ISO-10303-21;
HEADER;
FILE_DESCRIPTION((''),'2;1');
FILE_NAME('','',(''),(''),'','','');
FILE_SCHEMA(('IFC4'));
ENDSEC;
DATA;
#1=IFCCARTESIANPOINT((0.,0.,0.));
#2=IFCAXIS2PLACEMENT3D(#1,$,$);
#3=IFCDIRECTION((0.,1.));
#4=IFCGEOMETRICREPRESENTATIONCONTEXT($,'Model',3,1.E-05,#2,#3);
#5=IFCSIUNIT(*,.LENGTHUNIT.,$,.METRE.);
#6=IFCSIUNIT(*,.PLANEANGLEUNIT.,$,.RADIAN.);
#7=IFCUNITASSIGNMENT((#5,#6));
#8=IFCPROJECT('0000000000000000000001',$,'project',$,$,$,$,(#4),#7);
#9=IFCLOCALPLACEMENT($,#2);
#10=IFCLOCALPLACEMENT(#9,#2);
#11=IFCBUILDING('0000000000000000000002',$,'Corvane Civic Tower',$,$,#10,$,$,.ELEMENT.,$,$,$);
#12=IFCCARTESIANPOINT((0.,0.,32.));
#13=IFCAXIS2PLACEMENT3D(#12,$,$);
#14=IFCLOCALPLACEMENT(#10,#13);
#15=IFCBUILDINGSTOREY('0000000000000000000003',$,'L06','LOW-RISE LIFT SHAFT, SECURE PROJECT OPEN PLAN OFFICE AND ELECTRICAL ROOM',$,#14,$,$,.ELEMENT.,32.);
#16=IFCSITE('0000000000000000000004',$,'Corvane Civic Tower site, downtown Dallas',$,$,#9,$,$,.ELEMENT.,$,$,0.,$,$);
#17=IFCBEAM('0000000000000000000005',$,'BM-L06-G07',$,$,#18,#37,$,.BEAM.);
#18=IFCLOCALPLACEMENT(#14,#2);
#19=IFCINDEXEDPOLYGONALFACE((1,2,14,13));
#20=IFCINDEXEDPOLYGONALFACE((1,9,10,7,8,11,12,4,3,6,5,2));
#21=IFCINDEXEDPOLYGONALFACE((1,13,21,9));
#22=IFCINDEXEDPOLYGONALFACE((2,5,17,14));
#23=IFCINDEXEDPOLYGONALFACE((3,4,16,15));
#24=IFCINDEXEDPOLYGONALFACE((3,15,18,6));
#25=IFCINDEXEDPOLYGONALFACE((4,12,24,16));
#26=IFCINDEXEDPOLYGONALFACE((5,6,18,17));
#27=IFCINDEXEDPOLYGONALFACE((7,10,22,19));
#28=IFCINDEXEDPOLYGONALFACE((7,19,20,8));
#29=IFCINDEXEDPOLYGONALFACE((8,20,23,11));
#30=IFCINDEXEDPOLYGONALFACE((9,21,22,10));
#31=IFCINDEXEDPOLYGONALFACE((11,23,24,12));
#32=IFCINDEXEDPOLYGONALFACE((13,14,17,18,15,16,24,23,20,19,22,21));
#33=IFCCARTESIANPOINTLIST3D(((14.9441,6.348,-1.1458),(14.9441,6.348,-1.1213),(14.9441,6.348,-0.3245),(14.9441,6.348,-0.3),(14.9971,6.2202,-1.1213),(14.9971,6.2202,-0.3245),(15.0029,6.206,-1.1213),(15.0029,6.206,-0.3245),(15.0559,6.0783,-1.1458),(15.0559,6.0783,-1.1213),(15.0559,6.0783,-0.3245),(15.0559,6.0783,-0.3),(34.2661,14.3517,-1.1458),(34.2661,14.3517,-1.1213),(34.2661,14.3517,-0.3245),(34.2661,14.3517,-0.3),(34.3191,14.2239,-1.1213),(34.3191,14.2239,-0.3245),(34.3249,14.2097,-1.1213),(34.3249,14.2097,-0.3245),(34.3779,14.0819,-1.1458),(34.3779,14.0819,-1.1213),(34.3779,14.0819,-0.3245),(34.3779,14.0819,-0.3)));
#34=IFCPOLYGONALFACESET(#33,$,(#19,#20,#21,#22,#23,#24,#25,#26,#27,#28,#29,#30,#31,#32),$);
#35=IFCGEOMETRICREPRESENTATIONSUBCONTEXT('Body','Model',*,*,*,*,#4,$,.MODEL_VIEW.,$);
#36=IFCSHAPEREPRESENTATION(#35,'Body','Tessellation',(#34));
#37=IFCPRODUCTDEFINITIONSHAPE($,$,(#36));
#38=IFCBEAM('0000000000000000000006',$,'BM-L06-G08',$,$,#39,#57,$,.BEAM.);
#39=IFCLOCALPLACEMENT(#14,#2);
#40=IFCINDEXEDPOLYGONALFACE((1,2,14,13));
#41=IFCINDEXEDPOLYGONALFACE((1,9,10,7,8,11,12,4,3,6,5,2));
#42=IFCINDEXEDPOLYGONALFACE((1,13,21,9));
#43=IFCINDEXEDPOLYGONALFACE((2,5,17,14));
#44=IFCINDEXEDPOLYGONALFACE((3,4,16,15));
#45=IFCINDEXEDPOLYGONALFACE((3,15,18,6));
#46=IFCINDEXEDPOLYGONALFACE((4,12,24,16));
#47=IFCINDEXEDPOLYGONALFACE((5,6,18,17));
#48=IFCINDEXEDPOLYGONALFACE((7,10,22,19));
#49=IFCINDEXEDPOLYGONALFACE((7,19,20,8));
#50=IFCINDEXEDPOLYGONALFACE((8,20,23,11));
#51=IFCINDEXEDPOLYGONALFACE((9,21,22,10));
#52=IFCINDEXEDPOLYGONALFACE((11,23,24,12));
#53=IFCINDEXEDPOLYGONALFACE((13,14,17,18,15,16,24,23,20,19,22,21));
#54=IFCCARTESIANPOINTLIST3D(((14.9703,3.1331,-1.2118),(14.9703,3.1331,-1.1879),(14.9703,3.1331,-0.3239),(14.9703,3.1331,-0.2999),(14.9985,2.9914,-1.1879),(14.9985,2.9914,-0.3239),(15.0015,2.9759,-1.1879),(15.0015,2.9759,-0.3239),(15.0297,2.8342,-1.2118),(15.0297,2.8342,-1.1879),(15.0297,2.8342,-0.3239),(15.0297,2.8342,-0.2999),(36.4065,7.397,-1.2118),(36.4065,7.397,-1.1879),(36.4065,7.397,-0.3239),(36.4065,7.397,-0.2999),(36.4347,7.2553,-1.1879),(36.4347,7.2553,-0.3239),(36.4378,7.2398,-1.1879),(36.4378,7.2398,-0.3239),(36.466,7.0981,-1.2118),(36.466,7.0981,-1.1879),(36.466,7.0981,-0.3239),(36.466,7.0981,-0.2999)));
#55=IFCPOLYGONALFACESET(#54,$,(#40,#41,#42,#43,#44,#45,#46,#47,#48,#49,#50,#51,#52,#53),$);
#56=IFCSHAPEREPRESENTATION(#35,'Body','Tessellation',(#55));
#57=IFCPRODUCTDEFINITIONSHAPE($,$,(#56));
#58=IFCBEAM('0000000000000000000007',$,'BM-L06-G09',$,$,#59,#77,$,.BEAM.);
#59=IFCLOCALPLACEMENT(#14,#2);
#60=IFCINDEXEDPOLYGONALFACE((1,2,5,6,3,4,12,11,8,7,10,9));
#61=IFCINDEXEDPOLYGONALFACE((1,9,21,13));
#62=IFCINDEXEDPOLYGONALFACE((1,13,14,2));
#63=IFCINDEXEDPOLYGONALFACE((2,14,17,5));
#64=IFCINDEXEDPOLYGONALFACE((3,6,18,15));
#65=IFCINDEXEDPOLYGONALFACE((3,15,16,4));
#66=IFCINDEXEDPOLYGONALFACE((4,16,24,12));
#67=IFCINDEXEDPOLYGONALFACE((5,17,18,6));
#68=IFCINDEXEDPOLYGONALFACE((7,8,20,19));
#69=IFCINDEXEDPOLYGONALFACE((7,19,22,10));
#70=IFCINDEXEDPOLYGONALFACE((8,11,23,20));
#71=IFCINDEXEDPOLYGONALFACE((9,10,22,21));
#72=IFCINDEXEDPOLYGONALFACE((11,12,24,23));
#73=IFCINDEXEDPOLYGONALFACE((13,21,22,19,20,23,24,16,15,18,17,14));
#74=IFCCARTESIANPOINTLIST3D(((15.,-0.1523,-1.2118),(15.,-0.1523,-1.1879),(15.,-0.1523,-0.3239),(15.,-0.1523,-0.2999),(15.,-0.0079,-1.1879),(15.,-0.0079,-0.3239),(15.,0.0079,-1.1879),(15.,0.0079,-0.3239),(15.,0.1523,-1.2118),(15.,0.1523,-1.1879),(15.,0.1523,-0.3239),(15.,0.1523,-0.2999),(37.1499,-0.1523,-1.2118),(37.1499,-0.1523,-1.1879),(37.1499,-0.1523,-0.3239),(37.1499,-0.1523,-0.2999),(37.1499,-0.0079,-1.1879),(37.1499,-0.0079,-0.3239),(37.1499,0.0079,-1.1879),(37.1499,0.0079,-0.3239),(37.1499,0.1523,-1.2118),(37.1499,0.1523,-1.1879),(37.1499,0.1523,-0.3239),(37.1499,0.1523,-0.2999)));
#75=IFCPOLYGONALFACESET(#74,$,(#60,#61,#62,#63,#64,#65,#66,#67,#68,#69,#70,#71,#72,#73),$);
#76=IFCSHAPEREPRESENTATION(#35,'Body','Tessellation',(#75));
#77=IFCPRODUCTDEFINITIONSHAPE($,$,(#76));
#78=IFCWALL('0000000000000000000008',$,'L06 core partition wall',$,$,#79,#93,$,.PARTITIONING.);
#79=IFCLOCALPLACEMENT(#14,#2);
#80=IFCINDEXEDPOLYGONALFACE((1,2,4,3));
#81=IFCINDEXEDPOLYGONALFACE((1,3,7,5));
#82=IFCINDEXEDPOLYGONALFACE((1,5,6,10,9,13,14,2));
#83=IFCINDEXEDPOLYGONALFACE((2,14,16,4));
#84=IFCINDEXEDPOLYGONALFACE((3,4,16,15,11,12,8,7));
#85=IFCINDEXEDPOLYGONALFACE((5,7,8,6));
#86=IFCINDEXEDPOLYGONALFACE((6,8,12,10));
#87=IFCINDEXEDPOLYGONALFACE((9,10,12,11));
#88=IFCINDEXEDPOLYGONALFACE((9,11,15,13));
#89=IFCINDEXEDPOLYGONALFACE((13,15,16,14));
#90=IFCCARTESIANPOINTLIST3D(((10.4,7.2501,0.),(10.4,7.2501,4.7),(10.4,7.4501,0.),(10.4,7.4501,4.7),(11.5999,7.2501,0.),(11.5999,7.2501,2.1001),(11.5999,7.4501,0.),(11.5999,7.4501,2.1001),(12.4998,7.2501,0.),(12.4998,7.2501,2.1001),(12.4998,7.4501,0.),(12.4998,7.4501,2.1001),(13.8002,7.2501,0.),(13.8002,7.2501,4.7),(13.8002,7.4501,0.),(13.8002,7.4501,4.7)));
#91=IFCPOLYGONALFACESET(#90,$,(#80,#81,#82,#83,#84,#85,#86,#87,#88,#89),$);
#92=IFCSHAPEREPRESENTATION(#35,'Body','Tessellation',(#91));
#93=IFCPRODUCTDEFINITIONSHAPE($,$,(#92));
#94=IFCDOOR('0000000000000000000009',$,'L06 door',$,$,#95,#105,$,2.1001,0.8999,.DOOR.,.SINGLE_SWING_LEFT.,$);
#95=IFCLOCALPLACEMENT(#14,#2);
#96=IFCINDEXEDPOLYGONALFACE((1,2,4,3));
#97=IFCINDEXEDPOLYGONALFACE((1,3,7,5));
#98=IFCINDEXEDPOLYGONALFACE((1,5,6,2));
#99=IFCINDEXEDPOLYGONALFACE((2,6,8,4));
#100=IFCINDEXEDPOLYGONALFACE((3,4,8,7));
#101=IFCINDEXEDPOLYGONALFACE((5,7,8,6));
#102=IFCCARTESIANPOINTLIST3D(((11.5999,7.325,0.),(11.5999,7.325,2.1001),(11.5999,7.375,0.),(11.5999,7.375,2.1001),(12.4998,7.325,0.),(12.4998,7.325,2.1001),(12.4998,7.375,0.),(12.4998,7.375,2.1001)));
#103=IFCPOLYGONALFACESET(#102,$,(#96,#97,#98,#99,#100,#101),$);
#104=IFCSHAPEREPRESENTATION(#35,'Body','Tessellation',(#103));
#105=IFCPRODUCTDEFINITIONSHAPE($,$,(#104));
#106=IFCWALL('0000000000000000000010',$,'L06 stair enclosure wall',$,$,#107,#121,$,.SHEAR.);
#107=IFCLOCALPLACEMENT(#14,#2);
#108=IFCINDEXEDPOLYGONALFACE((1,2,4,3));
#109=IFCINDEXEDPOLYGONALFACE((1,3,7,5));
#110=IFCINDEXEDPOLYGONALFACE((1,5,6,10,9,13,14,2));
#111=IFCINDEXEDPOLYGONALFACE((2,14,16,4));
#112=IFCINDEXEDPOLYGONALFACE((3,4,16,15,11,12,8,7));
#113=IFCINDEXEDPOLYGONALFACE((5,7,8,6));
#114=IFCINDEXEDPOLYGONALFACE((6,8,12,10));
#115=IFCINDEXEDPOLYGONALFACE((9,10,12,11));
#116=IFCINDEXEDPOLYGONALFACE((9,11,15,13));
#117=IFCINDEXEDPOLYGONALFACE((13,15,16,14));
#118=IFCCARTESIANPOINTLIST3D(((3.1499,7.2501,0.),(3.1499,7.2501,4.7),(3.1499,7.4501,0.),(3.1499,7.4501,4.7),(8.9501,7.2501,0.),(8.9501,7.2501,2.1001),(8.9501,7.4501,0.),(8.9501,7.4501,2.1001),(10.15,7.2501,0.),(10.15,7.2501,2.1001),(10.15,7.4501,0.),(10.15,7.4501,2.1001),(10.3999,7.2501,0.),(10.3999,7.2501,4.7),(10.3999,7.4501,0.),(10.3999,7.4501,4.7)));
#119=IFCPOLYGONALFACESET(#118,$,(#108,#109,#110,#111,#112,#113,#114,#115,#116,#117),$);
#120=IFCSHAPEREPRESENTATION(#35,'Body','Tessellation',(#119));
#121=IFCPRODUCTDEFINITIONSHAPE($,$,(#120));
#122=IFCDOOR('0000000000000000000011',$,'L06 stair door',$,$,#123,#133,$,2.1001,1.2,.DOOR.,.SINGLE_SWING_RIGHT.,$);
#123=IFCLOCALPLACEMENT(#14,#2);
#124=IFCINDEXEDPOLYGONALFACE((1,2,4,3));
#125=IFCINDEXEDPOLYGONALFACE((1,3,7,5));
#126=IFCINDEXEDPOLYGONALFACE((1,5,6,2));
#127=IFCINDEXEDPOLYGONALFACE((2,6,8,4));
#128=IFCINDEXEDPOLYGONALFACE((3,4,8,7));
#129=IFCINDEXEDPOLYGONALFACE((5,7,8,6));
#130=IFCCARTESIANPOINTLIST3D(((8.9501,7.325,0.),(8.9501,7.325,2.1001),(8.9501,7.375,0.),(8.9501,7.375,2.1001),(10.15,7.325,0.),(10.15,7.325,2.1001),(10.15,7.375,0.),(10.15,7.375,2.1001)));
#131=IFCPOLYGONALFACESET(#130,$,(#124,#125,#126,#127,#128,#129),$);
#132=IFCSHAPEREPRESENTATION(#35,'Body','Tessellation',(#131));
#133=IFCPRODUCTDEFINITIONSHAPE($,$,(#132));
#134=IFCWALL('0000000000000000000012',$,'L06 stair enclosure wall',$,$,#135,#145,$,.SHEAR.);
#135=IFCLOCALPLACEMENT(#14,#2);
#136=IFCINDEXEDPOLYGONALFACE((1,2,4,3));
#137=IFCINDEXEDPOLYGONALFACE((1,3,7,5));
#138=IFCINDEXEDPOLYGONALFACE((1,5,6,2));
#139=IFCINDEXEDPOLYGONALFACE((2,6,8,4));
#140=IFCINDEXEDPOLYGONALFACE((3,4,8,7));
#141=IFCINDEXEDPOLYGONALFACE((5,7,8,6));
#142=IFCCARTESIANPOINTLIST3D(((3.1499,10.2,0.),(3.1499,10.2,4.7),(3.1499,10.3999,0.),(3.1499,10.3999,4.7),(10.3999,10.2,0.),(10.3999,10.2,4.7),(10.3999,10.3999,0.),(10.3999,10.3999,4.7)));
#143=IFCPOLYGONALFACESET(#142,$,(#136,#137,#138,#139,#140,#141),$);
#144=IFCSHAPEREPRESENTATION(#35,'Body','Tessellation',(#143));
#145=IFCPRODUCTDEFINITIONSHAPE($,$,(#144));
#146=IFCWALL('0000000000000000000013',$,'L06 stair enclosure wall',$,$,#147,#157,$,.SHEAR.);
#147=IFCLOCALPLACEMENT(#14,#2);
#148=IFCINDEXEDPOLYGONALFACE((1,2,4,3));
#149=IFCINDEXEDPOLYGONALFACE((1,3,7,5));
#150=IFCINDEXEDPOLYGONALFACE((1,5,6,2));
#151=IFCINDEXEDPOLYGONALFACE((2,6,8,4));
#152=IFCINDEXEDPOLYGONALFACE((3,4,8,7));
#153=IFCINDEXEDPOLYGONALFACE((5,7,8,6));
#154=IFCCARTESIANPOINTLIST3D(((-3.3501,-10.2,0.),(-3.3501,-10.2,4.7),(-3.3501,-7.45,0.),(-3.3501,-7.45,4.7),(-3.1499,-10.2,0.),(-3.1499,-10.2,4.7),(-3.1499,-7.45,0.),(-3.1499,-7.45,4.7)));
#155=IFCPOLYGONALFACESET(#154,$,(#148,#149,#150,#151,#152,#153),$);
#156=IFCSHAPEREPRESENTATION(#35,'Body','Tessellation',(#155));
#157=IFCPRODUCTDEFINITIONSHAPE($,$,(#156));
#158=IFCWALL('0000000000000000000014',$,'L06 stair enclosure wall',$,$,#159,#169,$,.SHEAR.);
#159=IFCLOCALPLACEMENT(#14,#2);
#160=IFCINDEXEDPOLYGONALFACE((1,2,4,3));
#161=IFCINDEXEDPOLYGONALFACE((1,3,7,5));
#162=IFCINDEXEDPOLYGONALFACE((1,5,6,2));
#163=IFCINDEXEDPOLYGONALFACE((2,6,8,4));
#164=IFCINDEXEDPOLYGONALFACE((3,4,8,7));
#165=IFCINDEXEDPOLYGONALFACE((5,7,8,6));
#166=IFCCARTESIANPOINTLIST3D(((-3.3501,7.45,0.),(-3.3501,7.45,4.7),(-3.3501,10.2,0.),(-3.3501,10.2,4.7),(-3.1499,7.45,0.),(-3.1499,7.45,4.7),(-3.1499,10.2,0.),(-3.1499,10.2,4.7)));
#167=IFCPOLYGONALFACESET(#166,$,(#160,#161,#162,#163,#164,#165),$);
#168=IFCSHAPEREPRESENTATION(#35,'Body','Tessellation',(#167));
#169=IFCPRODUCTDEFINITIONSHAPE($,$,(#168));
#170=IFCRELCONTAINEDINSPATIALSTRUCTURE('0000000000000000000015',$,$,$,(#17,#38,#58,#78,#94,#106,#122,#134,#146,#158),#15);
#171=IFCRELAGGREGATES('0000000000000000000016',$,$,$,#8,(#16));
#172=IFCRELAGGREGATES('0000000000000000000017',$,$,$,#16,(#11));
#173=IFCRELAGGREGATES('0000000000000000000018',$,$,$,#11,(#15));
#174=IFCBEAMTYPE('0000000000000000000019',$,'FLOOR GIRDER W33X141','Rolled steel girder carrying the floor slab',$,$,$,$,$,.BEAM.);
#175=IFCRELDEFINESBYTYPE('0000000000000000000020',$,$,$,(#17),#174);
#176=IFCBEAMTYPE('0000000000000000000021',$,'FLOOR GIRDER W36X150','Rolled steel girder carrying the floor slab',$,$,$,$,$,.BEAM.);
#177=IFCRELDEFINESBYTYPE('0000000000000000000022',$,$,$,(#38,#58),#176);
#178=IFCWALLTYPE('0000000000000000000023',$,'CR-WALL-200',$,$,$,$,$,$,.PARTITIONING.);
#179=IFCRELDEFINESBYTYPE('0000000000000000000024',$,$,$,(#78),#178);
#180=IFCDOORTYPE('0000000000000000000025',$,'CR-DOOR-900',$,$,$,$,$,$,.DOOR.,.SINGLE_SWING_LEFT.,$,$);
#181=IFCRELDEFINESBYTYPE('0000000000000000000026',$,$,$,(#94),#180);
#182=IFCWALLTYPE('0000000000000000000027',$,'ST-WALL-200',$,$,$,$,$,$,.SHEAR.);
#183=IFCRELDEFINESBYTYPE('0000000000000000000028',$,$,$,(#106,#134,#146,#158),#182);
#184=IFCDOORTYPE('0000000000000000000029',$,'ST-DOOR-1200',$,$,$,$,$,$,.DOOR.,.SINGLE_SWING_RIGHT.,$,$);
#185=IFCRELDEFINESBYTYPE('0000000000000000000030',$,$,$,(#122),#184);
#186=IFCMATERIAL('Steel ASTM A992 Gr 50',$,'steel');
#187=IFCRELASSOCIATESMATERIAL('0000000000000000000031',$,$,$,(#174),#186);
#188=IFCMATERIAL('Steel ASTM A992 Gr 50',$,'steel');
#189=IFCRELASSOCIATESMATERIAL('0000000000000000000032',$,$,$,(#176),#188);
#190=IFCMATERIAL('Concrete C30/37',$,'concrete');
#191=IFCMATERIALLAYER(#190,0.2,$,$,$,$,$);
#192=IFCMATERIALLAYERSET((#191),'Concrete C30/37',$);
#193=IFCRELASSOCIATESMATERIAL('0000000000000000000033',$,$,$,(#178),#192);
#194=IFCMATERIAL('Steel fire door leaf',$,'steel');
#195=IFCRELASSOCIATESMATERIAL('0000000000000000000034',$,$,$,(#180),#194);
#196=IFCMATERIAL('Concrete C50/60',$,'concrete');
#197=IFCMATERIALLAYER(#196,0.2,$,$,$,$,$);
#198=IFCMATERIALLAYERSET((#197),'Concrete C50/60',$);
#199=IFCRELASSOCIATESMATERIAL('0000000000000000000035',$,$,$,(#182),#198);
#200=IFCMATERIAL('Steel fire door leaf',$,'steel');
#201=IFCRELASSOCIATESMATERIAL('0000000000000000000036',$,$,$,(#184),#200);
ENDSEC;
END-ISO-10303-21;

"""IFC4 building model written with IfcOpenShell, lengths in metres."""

from ifc_helpers import new_model, si_unit, direction, frame, frame_2d, origin, origin_2d, place, context, subcontext, project, spatial, polyline, rectangle, i_section, outline, extrude, material, layer, layer_set, material_profile, profile_set, type_object, element, fill, save


model = new_model("IFC4")

# Units and contexts
model_context = context("Model", 3, precision=1e-05, world=origin(), true_north=direction((0.0, 1.0)))
body_context = subcontext(model_context, "Body", "Model", "MODEL_VIEW")
ifc_project = project(units=[si_unit("LENGTHUNIT", "METRE"), si_unit("PLANEANGLEUNIT", "RADIAN")], contexts=[model_context])

# Site, building, storey
site_placement = place(None, origin())
site = spatial("IfcSite", under=ifc_project, at=site_placement, Name="Corvane Civic Tower site, downtown Dallas", CompositionType="ELEMENT", RefElevation=0.0)
building_placement = place(site_placement, origin())
building = spatial("IfcBuilding", under=site, at=building_placement, Name="Corvane Civic Tower", CompositionType="ELEMENT")
storey_placement = place(building_placement, frame((0.0, 0.0, 32.0)))
storey = spatial("IfcBuildingStorey", under=building, at=storey_placement, Name="L06", Description="LOW-RISE LIFT SHAFT, SECURE PROJECT OPEN PLAN OFFICE AND ELECTRICAL ROOM", CompositionType="ELEMENT", Elevation=32.0)

# Beams
ifc_material_1 = material(Name="Steel ASTM A992 Gr 50", Category="steel")
ifc_material_profile_1 = material_profile(ifc_material_1, i_section(OverallWidth=0.292, OverallDepth=0.8457, WebThickness=0.0154, FlangeThickness=0.0244, at=origin_2d()), Name="W33X141")
ifc_profile_set_1 = profile_set([ifc_material_profile_1], Name="Steel ASTM A992 Gr 50")
beam_type_1 = type_object("IfcBeamType", Name="FLOOR GIRDER W33X141", Description="Rolled steel girder carrying the floor slab", PredefinedType="BEAM", material=ifc_profile_set_1)
beam_1_placement = place(storey_placement, frame((15.0, 6.2131, -0.7229), z_axis=(0.923876, 0.382692, 0.0), x_axis=(-0.382692, 0.923876, 0.0)))
element("IfcBeam", 1, at=beam_1_placement, inside=storey, type_object=beam_type_1, Name="BM-L06-G07", PredefinedType="BEAM", context=body_context, shape_type="SweptSolid", body=[
    extrude(i_section(OverallWidth=0.292, OverallDepth=0.8457, WebThickness=0.0154, FlangeThickness=0.0244, at=origin_2d()), origin(), (0.0, 0.0, 1.0), 20.9141),
])
ifc_material_2 = material(Name="Steel ASTM A992 Gr 50", Category="steel")
ifc_material_profile_2 = material_profile(ifc_material_2, i_section(OverallWidth=0.3047, OverallDepth=0.9119, WebThickness=0.0159, FlangeThickness=0.0239, at=origin_2d()), Name="W36X150")
ifc_profile_set_2 = profile_set([ifc_material_profile_2], Name="Steel ASTM A992 Gr 50")
beam_type_2 = type_object("IfcBeamType", Name="FLOOR GIRDER W36X150", Description="Rolled steel girder carrying the floor slab", PredefinedType="BEAM", material=ifc_profile_set_2)
beam_2_placement = place(storey_placement, frame((15.0, 2.9836, -0.7559), z_axis=(0.980785, 0.195089, 0.0), x_axis=(-0.195089, 0.980785, 0.0)))
element("IfcBeam", 2, at=beam_2_placement, inside=storey, type_object=beam_type_2, Name="BM-L06-G08", PredefinedType="BEAM", context=body_context, shape_type="SweptSolid", body=[
    extrude(i_section(OverallWidth=0.3047, OverallDepth=0.9119, WebThickness=0.0159, FlangeThickness=0.0239, at=origin_2d()), origin(), (0.0, 0.0, 1.0), 21.8562),
])
beam_3_placement = place(storey_placement, frame((15.0, 0.0, -0.7559), z_axis=(1.0, 0.0, 0.0), x_axis=(0.0, 1.0, 0.0)))
element("IfcBeam", 3, at=beam_3_placement, inside=storey, type_object=beam_type_2, Name="BM-L06-G09", PredefinedType="BEAM", context=body_context, shape_type="SweptSolid", body=[
    extrude(i_section(OverallWidth=0.3047, OverallDepth=0.9119, WebThickness=0.0159, FlangeThickness=0.0239, at=origin_2d()), origin(), (0.0, 0.0, 1.0), 22.1499),
])

# Walls, openings, doors
ifc_material_3 = material(Name="Concrete C30/37", Category="concrete")
ifc_layer_1 = layer(ifc_material_3, 0.2)
ifc_layer_set_1 = layer_set([ifc_layer_1], Name="Concrete C30/37")
wall_type_1 = type_object("IfcWallType", Name="CR-WALL-200", PredefinedType="PARTITIONING", material=ifc_layer_set_1)
wall_1_placement = place(storey_placement, frame((10.3999, 7.3501, 0.0), z_axis=(0.0, 0.0, 1.0), x_axis=(1.0, 0.0, 0.0)))
wall_1 = element("IfcWall", 4, at=wall_1_placement, inside=storey, type_object=wall_type_1, Name="L06 core partition wall", PredefinedType="PARTITIONING", context=body_context, shape_type="SweptSolid", body=[
    extrude(rectangle(XDim=3.4001, YDim=0.2, at=frame_2d((1.7002, 0.0))), origin(), (0.0, 0.0, 1.0), 4.7),
])
opening_1_placement = place(wall_1_placement, frame((1.2, 0.0, 0.0)))
opening_1 = element("IfcOpeningElement", 5, at=opening_1_placement, cuts=wall_1, PredefinedType="OPENING", context=body_context, shape_type="SweptSolid", body=[
    extrude(rectangle(XDim=0.8999, YDim=2.1001, at=frame_2d((0.45, 1.05))), frame((0.0, 0.1099, 0.0), z_axis=(0.0, -1.0, 0.0), x_axis=(1.0, 0.0, 0.0)), (0.0, 0.0, 1.0), 0.22),
])
ifc_material_4 = material(Name="Steel fire door leaf", Category="steel")
door_type_1 = type_object("IfcDoorType", Name="CR-DOOR-900", OperationType="SINGLE_SWING_LEFT", PredefinedType="DOOR", material=ifc_material_4)
door_1_placement = place(opening_1_placement, origin())
door_1 = element("IfcDoor", 6, at=door_1_placement, inside=storey, type_object=door_type_1, Name="L06 door", OperationType="SINGLE_SWING_LEFT", OverallHeight=2.1001, OverallWidth=0.8999, PredefinedType="DOOR", context=body_context, shape_type="SweptSolid", body=[
    extrude(rectangle(XDim=0.8999, YDim=2.1001, at=frame_2d((0.45, 1.05))), frame((0.0, 0.0249, 0.0), z_axis=(0.0, -1.0, 0.0), x_axis=(1.0, 0.0, 0.0)), (0.0, 0.0, 1.0), 0.05),
])
fill(opening_1, door_1)
ifc_material_5 = material(Name="Concrete C50/60", Category="concrete")
ifc_layer_2 = layer(ifc_material_5, 0.2)
ifc_layer_set_2 = layer_set([ifc_layer_2], Name="Concrete C50/60")
wall_type_2 = type_object("IfcWallType", Name="ST-WALL-200", PredefinedType="SHEAR", material=ifc_layer_set_2)
wall_2_placement = place(storey_placement, frame((3.1499, 7.3501, 0.0), z_axis=(0.0, 0.0, 1.0), x_axis=(1.0, 0.0, 0.0)))
wall_2 = element("IfcWall", 7, at=wall_2_placement, inside=storey, type_object=wall_type_2, Name="L06 stair enclosure wall", PredefinedType="SHEAR", context=body_context, shape_type="SweptSolid", body=[
    extrude(rectangle(XDim=7.25, YDim=0.2, at=frame_2d((3.625, 0.0))), origin(), (0.0, 0.0, 1.0), 4.7),
])
opening_2_placement = place(wall_2_placement, frame((5.8, 0.0, 0.0)))
opening_2 = element("IfcOpeningElement", 8, at=opening_2_placement, cuts=wall_2, PredefinedType="OPENING", context=body_context, shape_type="SweptSolid", body=[
    extrude(rectangle(XDim=1.2, YDim=2.1001, at=frame_2d((0.6001, 1.05))), frame((0.0, 0.1099, 0.0), z_axis=(0.0, -1.0, 0.0), x_axis=(1.0, 0.0, 0.0)), (0.0, 0.0, 1.0), 0.22),
])
ifc_material_6 = material(Name="Steel fire door leaf", Category="steel")
door_type_2 = type_object("IfcDoorType", Name="ST-DOOR-1200", OperationType="SINGLE_SWING_RIGHT", PredefinedType="DOOR", material=ifc_material_6)
door_2_placement = place(opening_2_placement, origin())
door_2 = element("IfcDoor", 9, at=door_2_placement, inside=storey, type_object=door_type_2, Name="L06 stair door", OperationType="SINGLE_SWING_RIGHT", OverallHeight=2.1001, OverallWidth=1.2, PredefinedType="DOOR", context=body_context, shape_type="SweptSolid", body=[
    extrude(rectangle(XDim=1.2, YDim=2.1001, at=frame_2d((0.6001, 1.05))), frame((0.0, 0.0249, 0.0), z_axis=(0.0, -1.0, 0.0), x_axis=(1.0, 0.0, 0.0)), (0.0, 0.0, 1.0), 0.05),
])
fill(opening_2, door_2)

# Walls
wall_3_placement = place(storey_placement, origin())
element("IfcWall", 10, at=wall_3_placement, inside=storey, type_object=wall_type_2, Name="L06 stair enclosure wall", PredefinedType="SHEAR", context=body_context, shape_type="SweptSolid", body=[
    extrude(outline(polyline([(10.3999, 10.2), (3.1499, 10.2), (3.1499, 10.3999), (10.3999, 10.3999), (10.3999, 10.2)])), origin(), (0.0, 0.0, 1.0), 4.7),
])
wall_4_placement = place(storey_placement, origin())
element("IfcWall", 11, at=wall_4_placement, inside=storey, type_object=wall_type_2, Name="L06 stair enclosure wall", PredefinedType="SHEAR", context=body_context, shape_type="SweptSolid", body=[
    extrude(outline(polyline([(-3.1499, -7.45), (-3.1499, -10.2), (-3.3501, -10.2), (-3.3501, -7.45), (-3.1499, -7.45)])), origin(), (0.0, 0.0, 1.0), 4.7),
])
wall_5_placement = place(storey_placement, origin())
element("IfcWall", 12, at=wall_5_placement, inside=storey, type_object=wall_type_2, Name="L06 stair enclosure wall", PredefinedType="SHEAR", context=body_context, shape_type="SweptSolid", body=[
    extrude(outline(polyline([(-3.1499, 7.45), (-3.3501, 7.45), (-3.3501, 10.2), (-3.1499, 10.2), (-3.1499, 7.45)])), origin(), (0.0, 0.0, 1.0), 4.7),
])

save(model, "model.ifc")
